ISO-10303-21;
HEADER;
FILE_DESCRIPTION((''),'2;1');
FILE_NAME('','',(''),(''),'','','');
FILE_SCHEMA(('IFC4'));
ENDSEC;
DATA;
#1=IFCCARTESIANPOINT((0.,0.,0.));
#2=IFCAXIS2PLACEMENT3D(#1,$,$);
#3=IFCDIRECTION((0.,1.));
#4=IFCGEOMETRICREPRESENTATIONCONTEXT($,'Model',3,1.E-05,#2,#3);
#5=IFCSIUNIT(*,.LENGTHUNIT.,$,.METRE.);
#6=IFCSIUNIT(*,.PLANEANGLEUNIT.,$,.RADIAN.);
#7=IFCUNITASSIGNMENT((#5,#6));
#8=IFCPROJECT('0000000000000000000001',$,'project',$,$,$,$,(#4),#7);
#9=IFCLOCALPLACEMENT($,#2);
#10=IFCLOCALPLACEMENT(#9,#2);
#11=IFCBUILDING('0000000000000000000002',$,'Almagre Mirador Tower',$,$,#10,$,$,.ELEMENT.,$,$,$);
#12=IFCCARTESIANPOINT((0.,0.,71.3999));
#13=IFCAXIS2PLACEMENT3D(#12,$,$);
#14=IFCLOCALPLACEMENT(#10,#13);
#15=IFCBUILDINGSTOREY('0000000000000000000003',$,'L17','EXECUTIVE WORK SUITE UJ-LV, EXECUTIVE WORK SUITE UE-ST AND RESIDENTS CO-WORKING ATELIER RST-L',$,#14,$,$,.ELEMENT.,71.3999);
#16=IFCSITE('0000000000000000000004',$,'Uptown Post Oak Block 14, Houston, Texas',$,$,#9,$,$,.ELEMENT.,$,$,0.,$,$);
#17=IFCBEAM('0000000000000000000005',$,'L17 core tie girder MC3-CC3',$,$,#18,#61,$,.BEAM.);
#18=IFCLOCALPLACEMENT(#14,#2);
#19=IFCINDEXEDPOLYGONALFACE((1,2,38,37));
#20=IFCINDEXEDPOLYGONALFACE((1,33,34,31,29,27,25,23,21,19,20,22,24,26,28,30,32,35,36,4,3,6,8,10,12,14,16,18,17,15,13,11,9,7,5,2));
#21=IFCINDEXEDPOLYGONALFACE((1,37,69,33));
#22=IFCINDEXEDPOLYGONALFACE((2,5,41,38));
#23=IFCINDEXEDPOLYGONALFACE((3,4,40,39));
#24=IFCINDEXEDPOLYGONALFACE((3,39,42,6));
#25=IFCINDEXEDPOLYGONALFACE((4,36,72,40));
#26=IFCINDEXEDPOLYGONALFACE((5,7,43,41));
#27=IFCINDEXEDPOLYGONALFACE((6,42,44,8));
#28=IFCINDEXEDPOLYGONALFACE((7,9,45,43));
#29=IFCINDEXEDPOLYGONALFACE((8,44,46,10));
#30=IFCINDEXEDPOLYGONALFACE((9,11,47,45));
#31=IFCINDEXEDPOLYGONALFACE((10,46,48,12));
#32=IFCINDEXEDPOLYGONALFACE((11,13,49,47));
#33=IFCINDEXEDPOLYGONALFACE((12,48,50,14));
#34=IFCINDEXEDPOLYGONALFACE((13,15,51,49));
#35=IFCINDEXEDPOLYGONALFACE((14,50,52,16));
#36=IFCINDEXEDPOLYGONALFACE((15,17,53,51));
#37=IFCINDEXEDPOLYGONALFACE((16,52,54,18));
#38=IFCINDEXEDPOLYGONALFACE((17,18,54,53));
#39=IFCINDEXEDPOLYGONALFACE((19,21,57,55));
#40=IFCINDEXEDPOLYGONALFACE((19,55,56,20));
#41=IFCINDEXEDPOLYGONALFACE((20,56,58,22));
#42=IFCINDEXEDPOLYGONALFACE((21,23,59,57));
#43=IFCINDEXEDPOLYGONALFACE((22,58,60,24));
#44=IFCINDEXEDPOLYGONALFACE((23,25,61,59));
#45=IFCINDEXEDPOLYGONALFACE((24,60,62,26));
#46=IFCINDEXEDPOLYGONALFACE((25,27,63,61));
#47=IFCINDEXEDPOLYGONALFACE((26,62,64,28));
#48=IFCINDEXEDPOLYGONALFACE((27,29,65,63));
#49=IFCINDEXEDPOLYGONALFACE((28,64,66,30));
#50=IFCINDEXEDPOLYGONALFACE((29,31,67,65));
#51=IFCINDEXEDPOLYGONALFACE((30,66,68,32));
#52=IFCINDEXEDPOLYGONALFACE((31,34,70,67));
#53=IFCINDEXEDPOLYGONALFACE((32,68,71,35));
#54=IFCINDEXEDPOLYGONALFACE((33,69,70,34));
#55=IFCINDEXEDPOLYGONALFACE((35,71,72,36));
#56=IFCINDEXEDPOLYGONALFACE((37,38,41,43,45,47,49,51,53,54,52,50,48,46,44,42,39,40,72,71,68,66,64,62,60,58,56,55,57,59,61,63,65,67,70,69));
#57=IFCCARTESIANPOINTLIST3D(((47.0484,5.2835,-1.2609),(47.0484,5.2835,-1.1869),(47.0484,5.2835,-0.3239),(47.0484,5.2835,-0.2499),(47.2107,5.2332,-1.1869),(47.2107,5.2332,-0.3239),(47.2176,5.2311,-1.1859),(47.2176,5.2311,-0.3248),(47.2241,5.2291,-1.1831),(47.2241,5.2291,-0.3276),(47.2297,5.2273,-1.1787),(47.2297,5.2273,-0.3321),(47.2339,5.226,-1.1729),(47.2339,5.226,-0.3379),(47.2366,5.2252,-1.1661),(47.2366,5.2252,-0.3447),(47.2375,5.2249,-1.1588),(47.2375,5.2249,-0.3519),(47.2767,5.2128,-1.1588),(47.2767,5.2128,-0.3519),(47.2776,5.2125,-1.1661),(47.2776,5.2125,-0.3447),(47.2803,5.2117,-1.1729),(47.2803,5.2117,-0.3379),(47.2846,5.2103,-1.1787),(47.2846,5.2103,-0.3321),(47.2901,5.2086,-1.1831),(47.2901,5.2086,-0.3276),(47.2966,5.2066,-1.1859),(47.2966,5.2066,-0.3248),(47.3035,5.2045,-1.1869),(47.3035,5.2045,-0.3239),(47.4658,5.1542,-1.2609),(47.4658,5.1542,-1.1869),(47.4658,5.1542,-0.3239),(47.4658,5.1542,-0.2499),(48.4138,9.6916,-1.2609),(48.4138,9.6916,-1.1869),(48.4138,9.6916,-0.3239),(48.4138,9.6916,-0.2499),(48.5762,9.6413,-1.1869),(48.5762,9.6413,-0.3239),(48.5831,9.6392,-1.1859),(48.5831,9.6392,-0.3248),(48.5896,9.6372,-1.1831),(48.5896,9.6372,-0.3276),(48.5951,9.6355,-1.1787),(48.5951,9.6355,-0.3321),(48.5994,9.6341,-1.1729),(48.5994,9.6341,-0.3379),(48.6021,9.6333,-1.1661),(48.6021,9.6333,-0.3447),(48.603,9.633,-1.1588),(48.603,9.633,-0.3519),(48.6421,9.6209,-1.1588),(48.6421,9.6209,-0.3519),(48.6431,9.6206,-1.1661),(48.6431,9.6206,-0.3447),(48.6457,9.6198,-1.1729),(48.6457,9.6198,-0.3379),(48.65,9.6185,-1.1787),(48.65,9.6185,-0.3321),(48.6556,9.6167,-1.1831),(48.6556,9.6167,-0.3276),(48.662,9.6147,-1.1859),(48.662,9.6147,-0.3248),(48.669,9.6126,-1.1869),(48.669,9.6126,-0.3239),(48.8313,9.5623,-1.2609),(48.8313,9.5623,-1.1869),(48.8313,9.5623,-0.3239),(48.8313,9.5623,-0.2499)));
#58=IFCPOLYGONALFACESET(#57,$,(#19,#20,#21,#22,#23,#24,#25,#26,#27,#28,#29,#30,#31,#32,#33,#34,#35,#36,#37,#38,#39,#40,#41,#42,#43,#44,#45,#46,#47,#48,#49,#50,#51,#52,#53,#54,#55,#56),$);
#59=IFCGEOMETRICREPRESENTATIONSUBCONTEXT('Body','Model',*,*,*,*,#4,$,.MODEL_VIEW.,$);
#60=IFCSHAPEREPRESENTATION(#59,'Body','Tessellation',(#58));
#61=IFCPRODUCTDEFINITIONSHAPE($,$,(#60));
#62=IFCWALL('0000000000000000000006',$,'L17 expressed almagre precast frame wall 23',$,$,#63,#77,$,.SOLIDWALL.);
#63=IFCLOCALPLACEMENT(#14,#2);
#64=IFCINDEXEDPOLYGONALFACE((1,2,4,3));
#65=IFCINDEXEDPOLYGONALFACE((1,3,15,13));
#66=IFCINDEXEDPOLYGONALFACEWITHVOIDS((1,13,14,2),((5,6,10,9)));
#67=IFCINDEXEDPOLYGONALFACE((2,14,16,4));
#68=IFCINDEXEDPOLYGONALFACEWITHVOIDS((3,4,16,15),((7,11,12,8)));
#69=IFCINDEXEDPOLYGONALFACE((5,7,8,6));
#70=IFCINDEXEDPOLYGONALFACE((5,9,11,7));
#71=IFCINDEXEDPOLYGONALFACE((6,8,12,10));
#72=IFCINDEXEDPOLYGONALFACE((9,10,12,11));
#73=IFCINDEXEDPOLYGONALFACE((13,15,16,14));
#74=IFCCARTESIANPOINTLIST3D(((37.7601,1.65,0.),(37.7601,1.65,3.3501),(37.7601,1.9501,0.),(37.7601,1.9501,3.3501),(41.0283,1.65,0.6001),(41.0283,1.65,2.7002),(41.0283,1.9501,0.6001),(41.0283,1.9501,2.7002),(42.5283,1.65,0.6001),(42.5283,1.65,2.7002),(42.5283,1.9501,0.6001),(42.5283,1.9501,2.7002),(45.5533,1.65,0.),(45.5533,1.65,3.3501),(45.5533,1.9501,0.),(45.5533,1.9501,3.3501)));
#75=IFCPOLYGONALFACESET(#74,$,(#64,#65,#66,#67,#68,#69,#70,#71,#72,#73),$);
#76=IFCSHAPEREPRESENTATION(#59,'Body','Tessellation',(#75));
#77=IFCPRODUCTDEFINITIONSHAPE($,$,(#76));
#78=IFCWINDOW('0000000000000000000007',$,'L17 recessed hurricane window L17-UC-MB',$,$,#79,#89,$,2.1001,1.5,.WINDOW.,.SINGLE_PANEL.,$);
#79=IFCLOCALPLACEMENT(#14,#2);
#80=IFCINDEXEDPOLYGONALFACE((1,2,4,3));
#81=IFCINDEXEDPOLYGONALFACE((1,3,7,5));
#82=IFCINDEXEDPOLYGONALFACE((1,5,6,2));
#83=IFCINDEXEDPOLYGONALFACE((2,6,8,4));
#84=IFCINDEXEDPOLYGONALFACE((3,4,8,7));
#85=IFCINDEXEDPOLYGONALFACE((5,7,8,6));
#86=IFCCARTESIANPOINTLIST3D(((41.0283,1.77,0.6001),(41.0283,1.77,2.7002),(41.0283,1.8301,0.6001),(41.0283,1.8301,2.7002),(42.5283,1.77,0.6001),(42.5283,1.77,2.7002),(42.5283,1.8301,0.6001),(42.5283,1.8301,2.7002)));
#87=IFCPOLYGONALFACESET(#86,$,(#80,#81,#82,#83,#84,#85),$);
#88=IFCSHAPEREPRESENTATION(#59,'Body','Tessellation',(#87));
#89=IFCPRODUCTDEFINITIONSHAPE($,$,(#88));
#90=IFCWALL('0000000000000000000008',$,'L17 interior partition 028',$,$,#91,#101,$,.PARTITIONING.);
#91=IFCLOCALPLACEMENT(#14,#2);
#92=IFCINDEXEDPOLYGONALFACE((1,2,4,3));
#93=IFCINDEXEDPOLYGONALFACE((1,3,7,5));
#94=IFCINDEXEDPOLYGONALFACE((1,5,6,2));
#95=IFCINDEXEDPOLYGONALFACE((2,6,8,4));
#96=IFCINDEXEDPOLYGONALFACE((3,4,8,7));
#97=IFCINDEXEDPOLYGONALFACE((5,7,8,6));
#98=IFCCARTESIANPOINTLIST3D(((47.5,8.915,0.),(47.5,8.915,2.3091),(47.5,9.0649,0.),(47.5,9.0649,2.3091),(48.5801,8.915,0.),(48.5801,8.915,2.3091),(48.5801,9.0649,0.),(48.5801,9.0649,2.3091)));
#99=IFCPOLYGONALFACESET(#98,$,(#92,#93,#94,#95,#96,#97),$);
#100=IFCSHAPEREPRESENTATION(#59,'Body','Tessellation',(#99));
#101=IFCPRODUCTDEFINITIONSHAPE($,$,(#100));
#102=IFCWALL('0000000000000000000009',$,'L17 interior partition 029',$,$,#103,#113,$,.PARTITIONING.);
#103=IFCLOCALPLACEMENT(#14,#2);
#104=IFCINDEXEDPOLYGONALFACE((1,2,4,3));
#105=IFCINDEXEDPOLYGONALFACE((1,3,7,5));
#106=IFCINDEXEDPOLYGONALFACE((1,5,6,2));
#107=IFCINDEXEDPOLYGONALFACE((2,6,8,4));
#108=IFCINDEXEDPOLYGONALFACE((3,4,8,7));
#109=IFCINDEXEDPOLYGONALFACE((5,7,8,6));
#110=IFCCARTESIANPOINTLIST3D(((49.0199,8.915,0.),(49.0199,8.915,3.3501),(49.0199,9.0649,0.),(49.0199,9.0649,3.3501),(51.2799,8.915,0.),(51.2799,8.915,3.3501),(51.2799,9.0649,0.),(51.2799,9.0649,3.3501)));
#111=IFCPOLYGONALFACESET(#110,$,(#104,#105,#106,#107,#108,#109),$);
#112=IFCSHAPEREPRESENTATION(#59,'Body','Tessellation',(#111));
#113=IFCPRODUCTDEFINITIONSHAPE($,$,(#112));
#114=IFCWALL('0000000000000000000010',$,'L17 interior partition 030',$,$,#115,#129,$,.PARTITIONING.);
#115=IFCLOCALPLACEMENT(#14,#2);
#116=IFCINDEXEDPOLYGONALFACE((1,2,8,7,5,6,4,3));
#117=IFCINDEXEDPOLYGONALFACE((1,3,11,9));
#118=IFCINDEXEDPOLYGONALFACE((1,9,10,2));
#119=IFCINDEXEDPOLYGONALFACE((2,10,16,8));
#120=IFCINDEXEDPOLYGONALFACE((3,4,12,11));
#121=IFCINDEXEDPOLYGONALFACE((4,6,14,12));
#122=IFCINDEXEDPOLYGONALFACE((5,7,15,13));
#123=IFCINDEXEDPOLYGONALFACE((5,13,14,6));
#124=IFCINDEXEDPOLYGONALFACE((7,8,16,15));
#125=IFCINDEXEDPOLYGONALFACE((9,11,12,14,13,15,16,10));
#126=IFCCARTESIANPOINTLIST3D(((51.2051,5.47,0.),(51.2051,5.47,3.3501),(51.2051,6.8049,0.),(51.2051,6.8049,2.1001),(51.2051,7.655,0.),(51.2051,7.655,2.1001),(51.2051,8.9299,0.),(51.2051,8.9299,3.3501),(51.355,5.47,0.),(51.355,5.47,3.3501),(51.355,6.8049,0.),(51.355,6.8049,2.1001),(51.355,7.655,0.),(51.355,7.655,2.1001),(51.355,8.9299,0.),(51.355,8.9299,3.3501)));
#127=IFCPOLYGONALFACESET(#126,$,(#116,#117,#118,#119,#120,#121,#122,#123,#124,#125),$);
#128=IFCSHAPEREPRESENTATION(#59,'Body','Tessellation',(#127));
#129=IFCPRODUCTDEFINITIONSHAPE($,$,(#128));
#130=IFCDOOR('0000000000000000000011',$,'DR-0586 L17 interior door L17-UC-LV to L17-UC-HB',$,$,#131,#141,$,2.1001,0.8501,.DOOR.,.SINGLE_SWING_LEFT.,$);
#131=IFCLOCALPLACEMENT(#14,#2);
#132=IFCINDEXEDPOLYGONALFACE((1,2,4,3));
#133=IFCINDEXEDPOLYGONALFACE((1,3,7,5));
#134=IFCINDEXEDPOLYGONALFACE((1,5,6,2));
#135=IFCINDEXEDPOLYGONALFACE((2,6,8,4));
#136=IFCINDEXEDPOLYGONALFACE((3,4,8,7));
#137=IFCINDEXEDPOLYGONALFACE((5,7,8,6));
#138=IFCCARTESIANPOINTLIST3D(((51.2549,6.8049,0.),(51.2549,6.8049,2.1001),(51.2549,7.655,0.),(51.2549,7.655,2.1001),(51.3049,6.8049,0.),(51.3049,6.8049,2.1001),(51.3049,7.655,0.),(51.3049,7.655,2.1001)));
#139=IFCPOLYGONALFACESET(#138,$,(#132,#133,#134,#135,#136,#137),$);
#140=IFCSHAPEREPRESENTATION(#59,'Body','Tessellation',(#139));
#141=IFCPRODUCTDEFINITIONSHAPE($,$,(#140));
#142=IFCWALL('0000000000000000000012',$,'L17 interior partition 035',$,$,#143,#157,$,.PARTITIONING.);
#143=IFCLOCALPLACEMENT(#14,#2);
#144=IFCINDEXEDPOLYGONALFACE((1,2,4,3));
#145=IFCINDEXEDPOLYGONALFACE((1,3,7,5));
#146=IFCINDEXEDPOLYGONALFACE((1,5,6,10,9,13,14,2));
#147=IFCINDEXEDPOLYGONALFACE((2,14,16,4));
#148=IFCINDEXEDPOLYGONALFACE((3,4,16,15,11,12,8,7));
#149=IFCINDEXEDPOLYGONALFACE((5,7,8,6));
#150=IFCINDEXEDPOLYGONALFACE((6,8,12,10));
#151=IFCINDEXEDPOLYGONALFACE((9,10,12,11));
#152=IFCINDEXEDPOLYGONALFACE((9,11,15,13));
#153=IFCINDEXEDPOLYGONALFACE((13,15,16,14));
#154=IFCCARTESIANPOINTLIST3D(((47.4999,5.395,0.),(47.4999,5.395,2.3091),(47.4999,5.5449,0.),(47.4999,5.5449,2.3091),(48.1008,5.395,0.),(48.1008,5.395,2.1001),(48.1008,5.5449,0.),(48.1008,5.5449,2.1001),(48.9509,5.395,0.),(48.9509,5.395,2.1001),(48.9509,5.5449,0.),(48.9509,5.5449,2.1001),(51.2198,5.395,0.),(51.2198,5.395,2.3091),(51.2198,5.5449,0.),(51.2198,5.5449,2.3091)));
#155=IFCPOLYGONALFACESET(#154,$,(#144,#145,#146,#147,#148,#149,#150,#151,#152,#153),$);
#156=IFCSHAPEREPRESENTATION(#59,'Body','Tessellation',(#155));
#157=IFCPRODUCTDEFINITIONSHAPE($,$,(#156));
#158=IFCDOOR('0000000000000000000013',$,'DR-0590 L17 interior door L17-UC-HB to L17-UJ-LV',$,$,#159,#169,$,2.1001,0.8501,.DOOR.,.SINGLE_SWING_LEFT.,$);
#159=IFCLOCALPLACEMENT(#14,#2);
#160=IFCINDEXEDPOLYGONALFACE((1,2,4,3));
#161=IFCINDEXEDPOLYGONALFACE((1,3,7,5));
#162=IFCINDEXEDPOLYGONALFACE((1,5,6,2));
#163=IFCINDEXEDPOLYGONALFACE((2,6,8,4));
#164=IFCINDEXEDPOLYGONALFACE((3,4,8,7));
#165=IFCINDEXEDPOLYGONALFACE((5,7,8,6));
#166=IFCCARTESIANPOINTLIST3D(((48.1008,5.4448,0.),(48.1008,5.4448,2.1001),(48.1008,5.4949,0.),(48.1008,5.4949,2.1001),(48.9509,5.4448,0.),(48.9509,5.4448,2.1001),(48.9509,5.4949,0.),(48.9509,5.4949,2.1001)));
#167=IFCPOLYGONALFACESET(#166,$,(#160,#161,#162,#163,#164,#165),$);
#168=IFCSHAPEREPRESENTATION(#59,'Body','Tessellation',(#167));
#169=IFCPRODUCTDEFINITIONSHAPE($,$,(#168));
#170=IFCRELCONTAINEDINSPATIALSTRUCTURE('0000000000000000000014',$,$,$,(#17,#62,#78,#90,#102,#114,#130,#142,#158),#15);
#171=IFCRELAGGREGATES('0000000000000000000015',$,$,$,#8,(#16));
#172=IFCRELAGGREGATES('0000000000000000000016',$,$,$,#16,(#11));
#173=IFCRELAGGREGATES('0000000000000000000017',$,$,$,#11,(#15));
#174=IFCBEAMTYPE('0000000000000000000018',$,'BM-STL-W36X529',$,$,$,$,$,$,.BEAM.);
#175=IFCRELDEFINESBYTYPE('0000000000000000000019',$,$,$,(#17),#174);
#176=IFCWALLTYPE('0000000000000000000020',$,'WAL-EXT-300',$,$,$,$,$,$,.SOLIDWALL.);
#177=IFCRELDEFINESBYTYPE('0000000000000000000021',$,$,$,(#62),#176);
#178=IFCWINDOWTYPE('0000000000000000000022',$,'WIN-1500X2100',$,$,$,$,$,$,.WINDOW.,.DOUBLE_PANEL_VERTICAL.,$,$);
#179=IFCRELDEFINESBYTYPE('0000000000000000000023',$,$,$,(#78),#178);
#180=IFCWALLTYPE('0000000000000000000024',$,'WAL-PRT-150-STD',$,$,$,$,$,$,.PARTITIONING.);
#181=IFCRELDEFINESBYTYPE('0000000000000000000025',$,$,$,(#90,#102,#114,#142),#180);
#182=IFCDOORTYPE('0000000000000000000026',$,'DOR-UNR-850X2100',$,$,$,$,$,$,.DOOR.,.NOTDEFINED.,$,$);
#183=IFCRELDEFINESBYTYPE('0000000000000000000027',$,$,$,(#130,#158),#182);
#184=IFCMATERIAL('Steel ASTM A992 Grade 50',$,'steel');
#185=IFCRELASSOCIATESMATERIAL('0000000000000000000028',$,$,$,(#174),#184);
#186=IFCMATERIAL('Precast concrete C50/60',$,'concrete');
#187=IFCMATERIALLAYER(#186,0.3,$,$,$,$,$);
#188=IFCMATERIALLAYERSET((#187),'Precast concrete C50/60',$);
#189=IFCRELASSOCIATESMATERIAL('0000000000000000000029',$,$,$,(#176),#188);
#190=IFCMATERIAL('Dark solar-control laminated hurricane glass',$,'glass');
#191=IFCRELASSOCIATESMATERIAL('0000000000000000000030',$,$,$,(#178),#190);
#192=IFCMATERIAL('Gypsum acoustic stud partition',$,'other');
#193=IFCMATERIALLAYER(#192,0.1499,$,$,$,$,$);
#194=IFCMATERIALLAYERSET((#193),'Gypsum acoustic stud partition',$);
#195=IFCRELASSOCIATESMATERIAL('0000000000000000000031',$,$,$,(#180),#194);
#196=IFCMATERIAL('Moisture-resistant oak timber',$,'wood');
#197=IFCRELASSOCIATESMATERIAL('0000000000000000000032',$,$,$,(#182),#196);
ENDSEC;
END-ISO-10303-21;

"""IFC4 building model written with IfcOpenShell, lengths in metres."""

from ifc_helpers import new_model, si_unit, direction, frame, frame_2d, origin, origin_2d, place, context, subcontext, project, spatial, rectangle, i_section, extrude, material, layer, layer_set, material_profile, profile_set, type_object, element, fill, save


model = new_model("IFC4")

# Units and contexts
model_context = context("Model", 3, precision=1e-05, world=origin(), true_north=direction((0.0, 1.0)))
body_context = subcontext(model_context, "Body", "Model", "MODEL_VIEW")
ifc_project = project(units=[si_unit("LENGTHUNIT", "METRE"), si_unit("PLANEANGLEUNIT", "RADIAN")], contexts=[model_context])

# Site, building, storey
site_placement = place(None, origin())
site = spatial("IfcSite", under=ifc_project, at=site_placement, Name="Uptown Post Oak Block 14, Houston, Texas", CompositionType="ELEMENT", RefElevation=0.0)
building_placement = place(site_placement, origin())
building = spatial("IfcBuilding", under=site, at=building_placement, Name="Almagre Mirador Tower", CompositionType="ELEMENT")
storey_placement = place(building_placement, frame((0.0, 0.0, 71.3999)))
storey = spatial("IfcBuildingStorey", under=building, at=storey_placement, Name="L17", Description="EXECUTIVE WORK SUITE UJ-LV, EXECUTIVE WORK SUITE UE-ST AND RESIDENTS CO-WORKING ATELIER RST-L", CompositionType="ELEMENT", Elevation=71.3999)

# Beam
ifc_material_1 = material(Name="Steel ASTM A992 Grade 50", Category="steel")
ifc_material_profile_1 = material_profile(ifc_material_1, i_section(OverallWidth=0.437, OverallDepth=1.011, WebThickness=0.041, FlangeThickness=0.074, FilletRadius=0.0281, at=origin_2d()), Name="W36X529")
ifc_profile_set_1 = profile_set([ifc_material_profile_1], Name="Steel ASTM A992 Grade 50")
beam_type_1 = type_object("IfcBeamType", Name="BM-STL-W36X529", PredefinedType="BEAM", material=ifc_profile_set_1)
beam_1_placement = place(storey_placement, frame((48.6226, 9.627, -0.7554), z_axis=(-0.295888, -0.955223, 0.0), x_axis=(0.955223, -0.295888, 0.0)))
element("IfcBeam", 1, at=beam_1_placement, inside=storey, type_object=beam_type_1, Name="L17 core tie girder MC3-CC3", PredefinedType="BEAM", context=body_context, shape_type="SweptSolid", body=[
    extrude(i_section(OverallWidth=0.437, OverallDepth=1.011, WebThickness=0.041, FlangeThickness=0.074, FilletRadius=0.0281, at=origin_2d()), origin(), (0.0, 0.0, 1.0), 4.6147),
])

# Wall, opening, window
ifc_material_2 = material(Name="Precast concrete C50/60", Category="concrete")
ifc_layer_1 = layer(ifc_material_2, 0.3)
ifc_layer_set_1 = layer_set([ifc_layer_1], Name="Precast concrete C50/60")
wall_type_1 = type_object("IfcWallType", Name="WAL-EXT-300", PredefinedType="SOLIDWALL", material=ifc_layer_set_1)
wall_1_placement = place(storey_placement, frame((45.5532, 1.8, 0.0), z_axis=(0.0, 0.0, 1.0), x_axis=(-1.0, 0.0, 0.0)))
wall_1 = element("IfcWall", 2, at=wall_1_placement, inside=storey, type_object=wall_type_1, Name="L17 expressed almagre precast frame wall 23", PredefinedType="SOLIDWALL", context=body_context, shape_type="SweptSolid", body=[
    extrude(rectangle(XDim=7.7932, YDim=0.3, at=frame_2d((3.8965, 0.0))), origin(), (0.0, 0.0, 1.0), 3.3501),
])
opening_1_placement = place(wall_1_placement, frame((3.0249, 0.0, 0.6001)))
opening_1 = element("IfcOpeningElement", 3, at=opening_1_placement, cuts=wall_1, PredefinedType="OPENING", context=body_context, shape_type="SweptSolid", body=[
    extrude(rectangle(XDim=1.5, YDim=2.1001, at=frame_2d((0.75, 1.05))), frame((0.0, 0.1599, 0.0), z_axis=(0.0, -1.0, 0.0), x_axis=(1.0, 0.0, 0.0)), (0.0, 0.0, 1.0), 0.32),
])
ifc_material_3 = material(Name="Dark solar-control laminated hurricane glass", Category="glass")
window_type = type_object("IfcWindowType", Name="WIN-1500X2100", PartitioningType="DOUBLE_PANEL_VERTICAL", PredefinedType="WINDOW", material=ifc_material_3)
window_placement = place(opening_1_placement, origin())
window = element("IfcWindow", 4, at=window_placement, inside=storey, type_object=window_type, Name="L17 recessed hurricane window L17-UC-MB", OverallHeight=2.1001, OverallWidth=1.5, PartitioningType="SINGLE_PANEL", PredefinedType="WINDOW", context=body_context, shape_type="SweptSolid", body=[
    extrude(rectangle(XDim=1.5, YDim=2.1001, at=frame_2d((0.75, 1.05))), frame((0.0, 0.03, 0.0), z_axis=(0.0, -1.0, 0.0), x_axis=(1.0, 0.0, 0.0)), (0.0, 0.0, 1.0), 0.0601),
])
fill(opening_1, window)

# Walls
ifc_material_4 = material(Name="Gypsum acoustic stud partition", Category="other")
ifc_layer_2 = layer(ifc_material_4, 0.1499)
ifc_layer_set_2 = layer_set([ifc_layer_2], Name="Gypsum acoustic stud partition")
wall_type_2 = type_object("IfcWallType", Name="WAL-PRT-150-STD", PredefinedType="PARTITIONING", material=ifc_layer_set_2)
wall_2_placement = place(storey_placement, frame((47.5, 8.99, 0.0), z_axis=(0.0, 0.0, 1.0), x_axis=(1.0, 0.0, 0.0)))
element("IfcWall", 5, at=wall_2_placement, inside=storey, type_object=wall_type_2, Name="L17 interior partition 028", PredefinedType="PARTITIONING", context=body_context, shape_type="SweptSolid", body=[
    extrude(rectangle(XDim=1.0801, YDim=0.1499, at=frame_2d((0.54, 0.0))), origin(), (0.0, 0.0, 1.0), 2.3091),
])
wall_3_placement = place(storey_placement, frame((49.02, 8.99, 0.0), z_axis=(0.0, 0.0, 1.0), x_axis=(1.0, 0.0, 0.0)))
element("IfcWall", 6, at=wall_3_placement, inside=storey, type_object=wall_type_2, Name="L17 interior partition 029", PredefinedType="PARTITIONING", context=body_context, shape_type="SweptSolid", body=[
    extrude(rectangle(XDim=2.26, YDim=0.1499, at=frame_2d((1.1299, 0.0))), origin(), (0.0, 0.0, 1.0), 3.3501),
])

# Walls, openings, doors
wall_4_placement = place(storey_placement, frame((51.28, 8.9299, 0.0), z_axis=(0.0, 0.0, 1.0), x_axis=(0.0, -1.0, 0.0)))
wall_4 = element("IfcWall", 7, at=wall_4_placement, inside=storey, type_object=wall_type_2, Name="L17 interior partition 030", PredefinedType="PARTITIONING", context=body_context, shape_type="SweptSolid", body=[
    extrude(rectangle(XDim=3.46, YDim=0.1499, at=frame_2d((1.73, 0.0))), origin(), (0.0, 0.0, 1.0), 3.3501),
])
opening_2_placement = place(wall_4_placement, frame((1.2749, 0.0, 0.0)))
opening_2 = element("IfcOpeningElement", 8, at=opening_2_placement, cuts=wall_4, PredefinedType="OPENING", context=body_context, shape_type="SweptSolid", body=[
    extrude(rectangle(XDim=0.8501, YDim=2.1001, at=frame_2d((0.425, 1.05))), frame((0.0, 0.085, 0.0), z_axis=(0.0, -1.0, 0.0), x_axis=(1.0, 0.0, 0.0)), (0.0, 0.0, 1.0), 0.1699),
])
ifc_material_5 = material(Name="Moisture-resistant oak timber", Category="wood")
door_type = type_object("IfcDoorType", Name="DOR-UNR-850X2100", OperationType="NOTDEFINED", PredefinedType="DOOR", material=ifc_material_5)
door_1_placement = place(opening_2_placement, origin())
door_1 = element("IfcDoor", 9, at=door_1_placement, inside=storey, type_object=door_type, Name="DR-0586 L17 interior door L17-UC-LV to L17-UC-HB", OperationType="SINGLE_SWING_LEFT", OverallHeight=2.1001, OverallWidth=0.8501, PredefinedType="DOOR", context=body_context, shape_type="SweptSolid", body=[
    extrude(rectangle(XDim=0.8501, YDim=2.1001, at=frame_2d((0.425, 1.05))), frame((0.0, 0.0249, 0.0), z_axis=(0.0, -1.0, 0.0), x_axis=(1.0, 0.0, 0.0)), (0.0, 0.0, 1.0), 0.05),
])
fill(opening_2, door_1)
wall_5_placement = place(storey_placement, frame((47.5, 5.47, 0.0), z_axis=(0.0, 0.0, 1.0), x_axis=(1.0, 0.0, 0.0)))
wall_5 = element("IfcWall", 10, at=wall_5_placement, inside=storey, type_object=wall_type_2, Name="L17 interior partition 035", PredefinedType="PARTITIONING", context=body_context, shape_type="SweptSolid", body=[
    extrude(rectangle(XDim=3.72, YDim=0.1499, at=frame_2d((1.8599, 0.0))), origin(), (0.0, 0.0, 1.0), 2.3091),
])
opening_3_placement = place(wall_5_placement, frame((0.6008, 0.0, 0.0)))
opening_3 = element("IfcOpeningElement", 11, at=opening_3_placement, cuts=wall_5, PredefinedType="OPENING", context=body_context, shape_type="SweptSolid", body=[
    extrude(rectangle(XDim=0.8501, YDim=2.1001, at=frame_2d((0.425, 1.05))), frame((0.0, 0.085, 0.0), z_axis=(0.0, -1.0, 0.0), x_axis=(1.0, 0.0, 0.0)), (0.0, 0.0, 1.0), 0.1699),
])
door_2_placement = place(opening_3_placement, origin())
door_2 = element("IfcDoor", 12, at=door_2_placement, inside=storey, type_object=door_type, Name="DR-0590 L17 interior door L17-UC-HB to L17-UJ-LV", OperationType="SINGLE_SWING_LEFT", OverallHeight=2.1001, OverallWidth=0.8501, PredefinedType="DOOR", context=body_context, shape_type="SweptSolid", body=[
    extrude(rectangle(XDim=0.8501, YDim=2.1001, at=frame_2d((0.425, 1.05))), frame((0.0, 0.0249, 0.0), z_axis=(0.0, -1.0, 0.0), x_axis=(1.0, 0.0, 0.0)), (0.0, 0.0, 1.0), 0.05),
])
fill(opening_3, door_2)

save(model, "model.ifc")
